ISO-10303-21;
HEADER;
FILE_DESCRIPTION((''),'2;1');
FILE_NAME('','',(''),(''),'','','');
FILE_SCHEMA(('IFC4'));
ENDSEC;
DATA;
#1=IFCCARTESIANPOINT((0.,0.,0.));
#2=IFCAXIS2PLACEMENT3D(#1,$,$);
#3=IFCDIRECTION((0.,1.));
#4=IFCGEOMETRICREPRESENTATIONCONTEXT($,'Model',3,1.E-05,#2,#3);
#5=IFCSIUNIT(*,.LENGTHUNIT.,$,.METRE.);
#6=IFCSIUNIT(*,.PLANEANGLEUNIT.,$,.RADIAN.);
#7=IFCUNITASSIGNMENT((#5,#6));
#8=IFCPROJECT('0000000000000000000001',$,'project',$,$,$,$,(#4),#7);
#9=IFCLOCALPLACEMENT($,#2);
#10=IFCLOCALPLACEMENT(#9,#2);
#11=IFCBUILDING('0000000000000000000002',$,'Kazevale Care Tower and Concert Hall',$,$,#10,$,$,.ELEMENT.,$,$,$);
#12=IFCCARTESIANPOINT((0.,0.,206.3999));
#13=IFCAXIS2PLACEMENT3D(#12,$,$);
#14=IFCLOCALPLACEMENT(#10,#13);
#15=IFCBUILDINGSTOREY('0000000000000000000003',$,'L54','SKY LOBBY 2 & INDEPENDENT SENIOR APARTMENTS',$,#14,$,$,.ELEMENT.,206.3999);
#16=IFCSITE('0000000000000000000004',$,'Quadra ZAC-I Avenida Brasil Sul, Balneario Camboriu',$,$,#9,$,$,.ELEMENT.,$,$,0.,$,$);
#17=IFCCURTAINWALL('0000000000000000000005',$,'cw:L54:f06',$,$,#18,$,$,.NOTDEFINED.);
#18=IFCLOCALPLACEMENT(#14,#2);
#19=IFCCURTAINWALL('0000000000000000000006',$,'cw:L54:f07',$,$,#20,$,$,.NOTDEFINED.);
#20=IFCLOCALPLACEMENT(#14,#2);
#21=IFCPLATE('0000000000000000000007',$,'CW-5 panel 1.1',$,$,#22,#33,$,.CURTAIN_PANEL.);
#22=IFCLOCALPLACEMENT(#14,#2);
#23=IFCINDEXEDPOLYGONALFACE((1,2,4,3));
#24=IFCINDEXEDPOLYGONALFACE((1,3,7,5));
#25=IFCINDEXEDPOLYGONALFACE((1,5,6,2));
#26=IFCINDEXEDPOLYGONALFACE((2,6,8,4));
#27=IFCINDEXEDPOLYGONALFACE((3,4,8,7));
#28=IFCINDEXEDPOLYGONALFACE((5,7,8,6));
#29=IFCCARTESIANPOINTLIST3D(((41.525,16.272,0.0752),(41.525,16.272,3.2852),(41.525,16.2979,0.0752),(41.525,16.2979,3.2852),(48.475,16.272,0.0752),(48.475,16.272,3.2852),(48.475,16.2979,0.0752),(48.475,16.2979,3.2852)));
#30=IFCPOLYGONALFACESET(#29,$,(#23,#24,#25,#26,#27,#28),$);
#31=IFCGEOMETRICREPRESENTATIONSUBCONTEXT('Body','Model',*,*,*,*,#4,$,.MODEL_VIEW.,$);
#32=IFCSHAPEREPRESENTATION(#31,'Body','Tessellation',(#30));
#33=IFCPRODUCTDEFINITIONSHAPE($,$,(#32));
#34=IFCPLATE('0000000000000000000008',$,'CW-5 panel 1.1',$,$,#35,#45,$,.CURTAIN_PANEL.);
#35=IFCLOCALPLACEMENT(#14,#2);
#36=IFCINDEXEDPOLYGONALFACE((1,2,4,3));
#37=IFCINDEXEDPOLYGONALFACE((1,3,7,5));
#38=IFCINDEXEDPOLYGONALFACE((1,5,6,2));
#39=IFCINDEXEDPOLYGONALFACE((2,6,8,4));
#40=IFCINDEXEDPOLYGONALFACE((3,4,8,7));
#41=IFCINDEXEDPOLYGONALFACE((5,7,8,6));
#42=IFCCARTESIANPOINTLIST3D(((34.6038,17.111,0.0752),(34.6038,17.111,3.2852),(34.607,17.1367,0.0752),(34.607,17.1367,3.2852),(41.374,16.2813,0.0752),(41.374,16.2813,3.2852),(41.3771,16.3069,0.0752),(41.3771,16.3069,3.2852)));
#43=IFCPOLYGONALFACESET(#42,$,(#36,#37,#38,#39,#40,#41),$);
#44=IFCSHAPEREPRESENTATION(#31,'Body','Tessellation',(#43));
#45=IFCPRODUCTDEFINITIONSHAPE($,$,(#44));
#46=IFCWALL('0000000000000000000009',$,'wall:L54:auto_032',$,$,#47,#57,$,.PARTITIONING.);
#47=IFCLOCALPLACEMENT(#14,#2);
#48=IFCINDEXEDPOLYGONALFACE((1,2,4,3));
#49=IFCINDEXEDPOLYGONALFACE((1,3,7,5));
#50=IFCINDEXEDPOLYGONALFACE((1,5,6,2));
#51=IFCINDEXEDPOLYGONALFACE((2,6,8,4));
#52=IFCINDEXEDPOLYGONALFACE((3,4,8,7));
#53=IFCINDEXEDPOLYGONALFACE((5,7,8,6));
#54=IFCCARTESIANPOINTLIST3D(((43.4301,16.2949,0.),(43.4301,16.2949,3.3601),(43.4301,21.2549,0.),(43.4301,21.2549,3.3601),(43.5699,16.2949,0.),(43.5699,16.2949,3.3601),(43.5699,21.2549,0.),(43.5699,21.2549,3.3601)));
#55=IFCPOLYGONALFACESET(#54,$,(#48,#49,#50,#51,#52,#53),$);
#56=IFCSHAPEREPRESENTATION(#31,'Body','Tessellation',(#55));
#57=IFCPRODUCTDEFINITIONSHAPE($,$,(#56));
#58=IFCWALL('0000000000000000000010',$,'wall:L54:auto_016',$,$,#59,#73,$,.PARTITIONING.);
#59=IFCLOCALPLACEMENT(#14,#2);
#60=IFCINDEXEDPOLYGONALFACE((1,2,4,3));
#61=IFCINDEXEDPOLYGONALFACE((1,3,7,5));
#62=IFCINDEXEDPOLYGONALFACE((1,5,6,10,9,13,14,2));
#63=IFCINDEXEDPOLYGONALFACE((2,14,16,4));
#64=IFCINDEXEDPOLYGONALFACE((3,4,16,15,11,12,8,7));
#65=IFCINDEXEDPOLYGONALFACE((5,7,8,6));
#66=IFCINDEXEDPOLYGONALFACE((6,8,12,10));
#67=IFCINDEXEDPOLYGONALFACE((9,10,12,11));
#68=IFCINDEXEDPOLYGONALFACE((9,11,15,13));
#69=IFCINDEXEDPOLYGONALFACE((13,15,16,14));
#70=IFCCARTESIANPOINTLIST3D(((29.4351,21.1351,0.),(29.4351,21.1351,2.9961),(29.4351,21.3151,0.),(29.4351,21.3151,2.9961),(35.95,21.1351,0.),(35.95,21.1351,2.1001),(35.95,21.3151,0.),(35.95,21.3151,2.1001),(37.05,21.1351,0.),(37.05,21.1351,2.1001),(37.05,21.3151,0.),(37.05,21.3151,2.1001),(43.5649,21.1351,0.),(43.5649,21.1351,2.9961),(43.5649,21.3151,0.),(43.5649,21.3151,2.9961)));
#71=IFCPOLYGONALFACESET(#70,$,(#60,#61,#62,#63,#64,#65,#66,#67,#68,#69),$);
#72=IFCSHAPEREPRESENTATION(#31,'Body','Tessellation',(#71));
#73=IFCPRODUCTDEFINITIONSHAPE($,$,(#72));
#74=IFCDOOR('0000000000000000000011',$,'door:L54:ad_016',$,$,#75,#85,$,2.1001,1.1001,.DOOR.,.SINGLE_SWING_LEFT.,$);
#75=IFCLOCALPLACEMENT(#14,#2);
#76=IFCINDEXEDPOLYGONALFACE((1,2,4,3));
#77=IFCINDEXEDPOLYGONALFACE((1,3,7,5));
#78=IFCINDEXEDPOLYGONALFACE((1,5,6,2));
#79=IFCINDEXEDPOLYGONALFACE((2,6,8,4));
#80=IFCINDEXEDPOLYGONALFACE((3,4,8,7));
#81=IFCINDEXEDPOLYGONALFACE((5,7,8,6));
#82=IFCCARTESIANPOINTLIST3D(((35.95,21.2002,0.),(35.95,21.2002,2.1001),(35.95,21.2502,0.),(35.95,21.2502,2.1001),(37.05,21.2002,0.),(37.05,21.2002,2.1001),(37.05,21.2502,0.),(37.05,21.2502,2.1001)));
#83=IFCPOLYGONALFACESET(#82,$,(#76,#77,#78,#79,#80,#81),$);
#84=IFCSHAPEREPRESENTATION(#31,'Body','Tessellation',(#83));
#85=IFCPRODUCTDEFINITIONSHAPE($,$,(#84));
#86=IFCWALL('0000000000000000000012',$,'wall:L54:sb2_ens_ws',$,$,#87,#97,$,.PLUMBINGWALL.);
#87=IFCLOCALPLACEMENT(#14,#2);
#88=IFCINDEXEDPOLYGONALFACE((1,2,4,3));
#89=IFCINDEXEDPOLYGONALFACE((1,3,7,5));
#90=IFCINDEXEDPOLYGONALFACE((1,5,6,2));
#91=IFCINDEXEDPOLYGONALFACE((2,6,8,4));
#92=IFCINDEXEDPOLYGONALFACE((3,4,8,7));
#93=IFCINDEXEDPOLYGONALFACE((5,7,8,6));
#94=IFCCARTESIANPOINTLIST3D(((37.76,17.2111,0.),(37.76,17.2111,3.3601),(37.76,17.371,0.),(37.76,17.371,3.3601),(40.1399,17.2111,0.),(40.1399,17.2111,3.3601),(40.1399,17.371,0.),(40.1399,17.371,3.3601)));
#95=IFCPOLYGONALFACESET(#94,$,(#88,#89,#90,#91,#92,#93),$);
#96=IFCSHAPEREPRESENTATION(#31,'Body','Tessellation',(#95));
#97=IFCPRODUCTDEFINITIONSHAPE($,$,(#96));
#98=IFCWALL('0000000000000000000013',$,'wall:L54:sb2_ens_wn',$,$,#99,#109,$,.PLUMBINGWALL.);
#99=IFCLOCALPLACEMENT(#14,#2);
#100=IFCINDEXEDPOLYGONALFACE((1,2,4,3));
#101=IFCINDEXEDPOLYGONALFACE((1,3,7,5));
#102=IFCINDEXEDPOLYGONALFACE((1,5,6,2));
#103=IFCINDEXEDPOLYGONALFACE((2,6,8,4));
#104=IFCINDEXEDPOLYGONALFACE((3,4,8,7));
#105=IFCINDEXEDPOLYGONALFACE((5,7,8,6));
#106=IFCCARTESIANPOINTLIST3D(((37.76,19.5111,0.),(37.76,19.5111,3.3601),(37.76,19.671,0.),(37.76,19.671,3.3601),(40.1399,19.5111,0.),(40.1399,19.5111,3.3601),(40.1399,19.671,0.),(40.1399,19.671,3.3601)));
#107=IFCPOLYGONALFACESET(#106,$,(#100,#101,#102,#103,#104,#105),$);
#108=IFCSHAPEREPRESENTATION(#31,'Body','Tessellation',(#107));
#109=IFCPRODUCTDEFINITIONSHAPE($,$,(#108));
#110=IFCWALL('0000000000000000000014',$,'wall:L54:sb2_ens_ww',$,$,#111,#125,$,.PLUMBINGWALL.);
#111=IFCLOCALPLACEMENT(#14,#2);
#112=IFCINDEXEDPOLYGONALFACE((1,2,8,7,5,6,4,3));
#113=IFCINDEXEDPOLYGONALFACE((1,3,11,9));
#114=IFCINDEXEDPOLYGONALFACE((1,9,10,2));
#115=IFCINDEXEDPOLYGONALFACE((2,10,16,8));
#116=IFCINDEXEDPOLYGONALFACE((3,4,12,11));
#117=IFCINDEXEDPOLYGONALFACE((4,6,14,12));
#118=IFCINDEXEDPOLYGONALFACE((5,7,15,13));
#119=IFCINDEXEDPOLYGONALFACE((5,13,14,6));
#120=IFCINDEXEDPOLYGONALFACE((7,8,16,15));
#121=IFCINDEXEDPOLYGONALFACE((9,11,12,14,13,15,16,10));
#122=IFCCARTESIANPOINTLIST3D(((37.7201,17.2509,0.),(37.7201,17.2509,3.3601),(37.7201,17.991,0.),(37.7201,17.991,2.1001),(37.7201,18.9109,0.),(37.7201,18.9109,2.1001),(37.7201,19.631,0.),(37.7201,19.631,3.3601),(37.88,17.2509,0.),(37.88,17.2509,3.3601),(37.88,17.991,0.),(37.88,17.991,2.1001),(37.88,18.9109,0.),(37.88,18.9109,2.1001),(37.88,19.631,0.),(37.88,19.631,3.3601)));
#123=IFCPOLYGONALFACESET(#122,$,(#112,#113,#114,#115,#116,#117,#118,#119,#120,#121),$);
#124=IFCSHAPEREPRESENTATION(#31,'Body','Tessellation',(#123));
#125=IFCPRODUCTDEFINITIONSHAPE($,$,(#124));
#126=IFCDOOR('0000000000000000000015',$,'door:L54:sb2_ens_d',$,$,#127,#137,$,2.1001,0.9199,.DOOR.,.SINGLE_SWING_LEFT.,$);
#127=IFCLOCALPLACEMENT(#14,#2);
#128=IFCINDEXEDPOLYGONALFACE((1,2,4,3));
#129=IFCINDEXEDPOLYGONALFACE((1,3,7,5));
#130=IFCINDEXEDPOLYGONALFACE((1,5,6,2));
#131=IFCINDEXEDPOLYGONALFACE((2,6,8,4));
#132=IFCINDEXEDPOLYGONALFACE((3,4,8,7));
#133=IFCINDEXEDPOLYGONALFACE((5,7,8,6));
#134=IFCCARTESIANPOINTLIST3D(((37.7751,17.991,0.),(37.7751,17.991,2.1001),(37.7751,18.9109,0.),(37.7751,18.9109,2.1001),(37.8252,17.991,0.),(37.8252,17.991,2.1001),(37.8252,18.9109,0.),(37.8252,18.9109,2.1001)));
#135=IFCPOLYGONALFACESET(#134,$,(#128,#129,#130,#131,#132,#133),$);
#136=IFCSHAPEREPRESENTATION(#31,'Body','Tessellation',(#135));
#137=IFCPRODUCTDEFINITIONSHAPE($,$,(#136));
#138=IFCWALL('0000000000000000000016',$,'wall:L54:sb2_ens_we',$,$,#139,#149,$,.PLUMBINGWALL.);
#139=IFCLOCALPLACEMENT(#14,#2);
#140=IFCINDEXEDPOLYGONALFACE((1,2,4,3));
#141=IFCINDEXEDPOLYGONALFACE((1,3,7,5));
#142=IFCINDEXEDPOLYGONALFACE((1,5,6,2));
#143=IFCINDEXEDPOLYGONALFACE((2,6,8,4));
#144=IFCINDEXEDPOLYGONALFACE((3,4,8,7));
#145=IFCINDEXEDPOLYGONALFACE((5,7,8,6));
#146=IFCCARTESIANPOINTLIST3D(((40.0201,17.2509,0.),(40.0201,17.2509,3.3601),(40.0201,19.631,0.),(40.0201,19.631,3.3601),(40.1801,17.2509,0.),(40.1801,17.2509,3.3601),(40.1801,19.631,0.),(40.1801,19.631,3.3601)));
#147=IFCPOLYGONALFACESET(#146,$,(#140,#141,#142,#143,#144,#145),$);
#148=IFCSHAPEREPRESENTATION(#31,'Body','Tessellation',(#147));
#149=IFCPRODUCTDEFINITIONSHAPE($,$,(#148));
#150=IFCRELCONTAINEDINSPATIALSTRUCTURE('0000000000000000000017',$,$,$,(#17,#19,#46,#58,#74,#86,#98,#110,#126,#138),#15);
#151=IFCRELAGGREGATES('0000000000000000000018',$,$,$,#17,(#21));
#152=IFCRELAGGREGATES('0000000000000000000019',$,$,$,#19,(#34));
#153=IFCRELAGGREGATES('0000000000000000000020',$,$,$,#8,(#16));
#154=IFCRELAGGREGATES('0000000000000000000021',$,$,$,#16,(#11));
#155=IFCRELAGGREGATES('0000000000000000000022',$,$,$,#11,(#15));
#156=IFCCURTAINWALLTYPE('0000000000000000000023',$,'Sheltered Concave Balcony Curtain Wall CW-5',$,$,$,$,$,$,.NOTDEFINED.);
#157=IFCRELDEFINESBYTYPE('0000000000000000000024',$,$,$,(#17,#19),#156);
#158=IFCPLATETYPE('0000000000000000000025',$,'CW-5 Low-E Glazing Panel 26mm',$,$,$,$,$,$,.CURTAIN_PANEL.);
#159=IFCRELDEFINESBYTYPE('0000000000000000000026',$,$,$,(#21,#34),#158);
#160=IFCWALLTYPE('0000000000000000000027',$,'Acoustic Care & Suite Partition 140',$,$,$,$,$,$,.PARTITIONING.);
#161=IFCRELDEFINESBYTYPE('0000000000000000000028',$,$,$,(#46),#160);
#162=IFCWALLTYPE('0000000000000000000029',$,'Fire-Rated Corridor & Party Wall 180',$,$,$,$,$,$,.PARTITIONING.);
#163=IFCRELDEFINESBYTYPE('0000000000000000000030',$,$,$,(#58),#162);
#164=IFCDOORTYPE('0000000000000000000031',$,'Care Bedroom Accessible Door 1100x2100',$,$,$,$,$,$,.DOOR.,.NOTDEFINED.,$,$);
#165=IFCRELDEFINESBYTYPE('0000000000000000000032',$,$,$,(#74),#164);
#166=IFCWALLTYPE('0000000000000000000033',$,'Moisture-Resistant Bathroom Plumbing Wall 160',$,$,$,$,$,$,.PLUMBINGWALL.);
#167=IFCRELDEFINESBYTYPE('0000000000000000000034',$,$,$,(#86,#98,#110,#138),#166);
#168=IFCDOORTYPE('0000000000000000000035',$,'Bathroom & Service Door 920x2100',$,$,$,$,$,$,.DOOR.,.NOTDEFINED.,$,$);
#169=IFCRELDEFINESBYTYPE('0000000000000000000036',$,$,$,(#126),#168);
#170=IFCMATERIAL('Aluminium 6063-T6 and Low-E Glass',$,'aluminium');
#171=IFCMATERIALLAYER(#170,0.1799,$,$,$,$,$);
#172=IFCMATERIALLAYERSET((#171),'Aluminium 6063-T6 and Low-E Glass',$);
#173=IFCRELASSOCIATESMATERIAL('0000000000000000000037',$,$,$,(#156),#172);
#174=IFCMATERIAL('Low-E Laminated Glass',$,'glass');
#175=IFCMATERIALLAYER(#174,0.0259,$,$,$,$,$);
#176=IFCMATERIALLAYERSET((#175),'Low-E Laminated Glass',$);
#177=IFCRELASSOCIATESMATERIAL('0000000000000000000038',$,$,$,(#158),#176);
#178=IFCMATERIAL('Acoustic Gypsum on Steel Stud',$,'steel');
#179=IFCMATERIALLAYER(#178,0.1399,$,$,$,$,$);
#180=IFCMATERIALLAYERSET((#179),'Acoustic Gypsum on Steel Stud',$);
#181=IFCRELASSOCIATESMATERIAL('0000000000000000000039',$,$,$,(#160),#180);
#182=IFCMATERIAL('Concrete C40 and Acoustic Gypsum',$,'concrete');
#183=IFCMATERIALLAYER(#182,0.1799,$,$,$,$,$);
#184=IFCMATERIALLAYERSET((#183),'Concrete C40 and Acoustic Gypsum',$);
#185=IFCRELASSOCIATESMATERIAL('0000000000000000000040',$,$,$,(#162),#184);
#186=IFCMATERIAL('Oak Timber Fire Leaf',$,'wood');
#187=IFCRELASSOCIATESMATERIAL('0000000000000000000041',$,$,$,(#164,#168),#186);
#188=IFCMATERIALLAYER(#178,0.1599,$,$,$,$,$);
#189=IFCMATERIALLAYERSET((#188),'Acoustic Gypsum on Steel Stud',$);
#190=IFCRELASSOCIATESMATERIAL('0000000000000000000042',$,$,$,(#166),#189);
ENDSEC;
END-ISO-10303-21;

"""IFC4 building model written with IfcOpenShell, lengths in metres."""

from ifc_helpers import new_model, si_unit, direction, frame, frame_2d, origin, origin_2d, place, context, subcontext, project, spatial, rectangle, extrude, material, layer, layer_set, type_object, element, fill, aggregate, save


model = new_model("IFC4")

# Units and contexts
model_context = context("Model", 3, precision=1e-05, world=origin(), true_north=direction((0.0, 1.0)))
body_context = subcontext(model_context, "Body", "Model", "MODEL_VIEW")
ifc_project = project(units=[si_unit("LENGTHUNIT", "METRE"), si_unit("PLANEANGLEUNIT", "RADIAN")], contexts=[model_context])

# Site, building, storey
site_placement = place(None, origin())
site = spatial("IfcSite", under=ifc_project, at=site_placement, Name="Quadra ZAC-I Avenida Brasil Sul, Balneario Camboriu", CompositionType="ELEMENT", RefElevation=0.0)
building_placement = place(site_placement, origin())
building = spatial("IfcBuilding", under=site, at=building_placement, Name="Kazevale Care Tower and Concert Hall", CompositionType="ELEMENT")
storey_placement = place(building_placement, frame((0.0, 0.0, 206.3999)))
storey = spatial("IfcBuildingStorey", under=building, at=storey_placement, Name="L54", Description="SKY LOBBY 2 & INDEPENDENT SENIOR APARTMENTS", CompositionType="ELEMENT", Elevation=206.3999)

# Curtain wall
ifc_material_1 = material(Name="Aluminium 6063-T6 and Low-E Glass", Category="aluminium")
ifc_layer_1 = layer(ifc_material_1, 0.1799)
ifc_layer_set_1 = layer_set([ifc_layer_1], Name="Aluminium 6063-T6 and Low-E Glass")
curtain_wall_type = type_object("IfcCurtainWallType", Name="Sheltered Concave Balcony Curtain Wall CW-5", PredefinedType="NOTDEFINED", material=ifc_layer_set_1)
curtain_wall_1_placement = place(storey_placement, origin())
curtain_wall_1 = element("IfcCurtainWall", 1, at=curtain_wall_1_placement, inside=storey, type_object=curtain_wall_type, Name="cw:L54:f06", PredefinedType="NOTDEFINED")

# Curtain wall
curtain_wall_2_placement = place(storey_placement, origin())
curtain_wall_2 = element("IfcCurtainWall", 2, at=curtain_wall_2_placement, inside=storey, type_object=curtain_wall_type, Name="cw:L54:f07", PredefinedType="NOTDEFINED")

# Plates
ifc_material_2 = material(Name="Low-E Laminated Glass", Category="glass")
ifc_layer_2 = layer(ifc_material_2, 0.0259)
ifc_layer_set_2 = layer_set([ifc_layer_2], Name="Low-E Laminated Glass")
plate_type = type_object("IfcPlateType", Name="CW-5 Low-E Glazing Panel 26mm", PredefinedType="CURTAIN_PANEL", material=ifc_layer_set_2)
plate_1_placement = place(storey_placement, frame((45.0, 16.2849, 0.0752), z_axis=(0.0, 0.0, 1.0), x_axis=(-1.0, 0.0, 0.0)))
plate_1 = element("IfcPlate", 3, at=plate_1_placement, type_object=plate_type, Name="CW-5 panel 1.1", PredefinedType="CURTAIN_PANEL", context=body_context, shape_type="SweptSolid", body=[
    extrude(rectangle(XDim=6.95, YDim=0.0259, at=origin_2d()), origin(), (0.0, 0.0, 1.0), 3.21),
])
aggregate(curtain_wall_1, [plate_1])
plate_2_placement = place(storey_placement, frame((37.9905, 16.709, 0.0752), z_axis=(0.0, 0.0, 1.0), x_axis=(-0.992573, 0.121651, 0.0)))
plate_2 = element("IfcPlate", 4, at=plate_2_placement, type_object=plate_type, Name="CW-5 panel 1.1", PredefinedType="CURTAIN_PANEL", context=body_context, shape_type="SweptSolid", body=[
    extrude(rectangle(XDim=6.8208, YDim=0.0259, at=origin_2d()), origin(), (0.0, 0.0, 1.0), 3.21),
])
aggregate(curtain_wall_2, [plate_2])

# Wall
ifc_material_3 = material(Name="Acoustic Gypsum on Steel Stud", Category="steel")
ifc_layer_3 = layer(ifc_material_3, 0.1399)
ifc_layer_set_3 = layer_set([ifc_layer_3], Name="Acoustic Gypsum on Steel Stud")
wall_type_1 = type_object("IfcWallType", Name="Acoustic Care & Suite Partition 140", PredefinedType="PARTITIONING", material=ifc_layer_set_3)
wall_1_placement = place(storey_placement, frame((43.5, 21.2549, 0.0), z_axis=(0.0, 0.0, 1.0), x_axis=(0.0, -1.0, 0.0)))
element("IfcWall", 5, at=wall_1_placement, inside=storey, type_object=wall_type_1, Name="wall:L54:auto_032", PredefinedType="PARTITIONING", context=body_context, shape_type="SweptSolid", body=[
    extrude(rectangle(XDim=4.96, YDim=0.1399, at=frame_2d((2.48, 0.0))), origin(), (0.0, 0.0, 1.0), 3.3601),
])

# Wall, opening, door
ifc_material_4 = material(Name="Concrete C40 and Acoustic Gypsum", Category="concrete")
ifc_layer_4 = layer(ifc_material_4, 0.1799)
ifc_layer_set_4 = layer_set([ifc_layer_4], Name="Concrete C40 and Acoustic Gypsum")
wall_type_2 = type_object("IfcWallType", Name="Fire-Rated Corridor & Party Wall 180", PredefinedType="PARTITIONING", material=ifc_layer_set_4)
wall_2_placement = place(storey_placement, frame((43.5649, 21.2251, 0.0), z_axis=(0.0, 0.0, 1.0), x_axis=(-1.0, 0.0, 0.0)))
wall_2 = element("IfcWall", 6, at=wall_2_placement, inside=storey, type_object=wall_type_2, Name="wall:L54:auto_016", PredefinedType="PARTITIONING", context=body_context, shape_type="SweptSolid", body=[
    extrude(rectangle(XDim=14.1299, YDim=0.1799, at=frame_2d((7.0649, 0.0))), origin(), (0.0, 0.0, 1.0), 2.9961),
])
opening_1_placement = place(wall_2_placement, frame((6.5149, 0.0, 0.0)))
opening_1 = element("IfcOpeningElement", 7, at=opening_1_placement, cuts=wall_2, PredefinedType="OPENING", context=body_context, shape_type="SweptSolid", body=[
    extrude(rectangle(XDim=1.1001, YDim=2.1001, at=frame_2d((0.55, 1.05))), frame((0.0, 0.0999, 0.0), z_axis=(0.0, -1.0, 0.0), x_axis=(1.0, 0.0, 0.0)), (0.0, 0.0, 1.0), 0.2),
])
ifc_material_5 = material(Name="Oak Timber Fire Leaf", Category="wood")
door_type_1 = type_object("IfcDoorType", Name="Care Bedroom Accessible Door 1100x2100", OperationType="NOTDEFINED", PredefinedType="DOOR", material=ifc_material_5)
door_1_placement = place(opening_1_placement, origin())
door_1 = element("IfcDoor", 8, at=door_1_placement, inside=storey, type_object=door_type_1, Name="door:L54:ad_016", OperationType="SINGLE_SWING_LEFT", OverallHeight=2.1001, OverallWidth=1.1001, PredefinedType="DOOR", context=body_context, shape_type="SweptSolid", body=[
    extrude(rectangle(XDim=1.1001, YDim=2.1001, at=frame_2d((0.55, 1.05))), frame((0.0, 0.0249, 0.0), z_axis=(0.0, -1.0, 0.0), x_axis=(1.0, 0.0, 0.0)), (0.0, 0.0, 1.0), 0.05),
])
fill(opening_1, door_1)

# Walls
ifc_layer_5 = layer(ifc_material_3, 0.1599)
ifc_layer_set_5 = layer_set([ifc_layer_5], Name="Acoustic Gypsum on Steel Stud")
wall_type_3 = type_object("IfcWallType", Name="Moisture-Resistant Bathroom Plumbing Wall 160", PredefinedType="PLUMBINGWALL", material=ifc_layer_set_5)
for number, where, z_axis, x_axis, name in (
    (9, (37.76, 17.291, 0.0), (0.0, 0.0, 1.0), (1.0, 0.0, 0.0), "wall:L54:sb2_ens_ws"),
    (10, (37.76, 19.5911, 0.0), (0.0, 0.0, 1.0), (1.0, 0.0, 0.0), "wall:L54:sb2_ens_wn"),
):
    element("IfcWall", number, at=place(storey_placement, frame(where, z_axis=z_axis, x_axis=x_axis)), inside=storey, type_object=wall_type_3, Name=name, PredefinedType="PLUMBINGWALL", context=body_context, shape_type="SweptSolid", body=[
        extrude(rectangle(XDim=2.3799, YDim=0.1599, at=frame_2d((1.1899, 0.0))), origin(), (0.0, 0.0, 1.0), 3.3601),
    ])

# Wall, opening, door
wall_3_placement = place(storey_placement, frame((37.8, 17.251, 0.0), z_axis=(0.0, 0.0, 1.0), x_axis=(0.0, 1.0, 0.0)))
wall_3 = element("IfcWall", 11, at=wall_3_placement, inside=storey, type_object=wall_type_3, Name="wall:L54:sb2_ens_ww", PredefinedType="PLUMBINGWALL", context=body_context, shape_type="SweptSolid", body=[
    extrude(rectangle(XDim=2.3801, YDim=0.1599, at=frame_2d((1.1899, 0.0))), origin(), (0.0, 0.0, 1.0), 3.3601),
])
opening_2_placement = place(wall_3_placement, frame((0.74, 0.0, 0.0)))
opening_2 = element("IfcOpeningElement", 12, at=opening_2_placement, cuts=wall_3, PredefinedType="OPENING", context=body_context, shape_type="SweptSolid", body=[
    extrude(rectangle(XDim=0.9199, YDim=2.1001, at=frame_2d((0.46, 1.05))), frame((0.0, 0.0898, 0.0), z_axis=(0.0, -1.0, 0.0), x_axis=(1.0, 0.0, 0.0)), (0.0, 0.0, 1.0), 0.1799),
])
door_type_2 = type_object("IfcDoorType", Name="Bathroom & Service Door 920x2100", OperationType="NOTDEFINED", PredefinedType="DOOR", material=ifc_material_5)
door_2_placement = place(opening_2_placement, origin())
door_2 = element("IfcDoor", 13, at=door_2_placement, inside=storey, type_object=door_type_2, Name="door:L54:sb2_ens_d", OperationType="SINGLE_SWING_LEFT", OverallHeight=2.1001, OverallWidth=0.9199, PredefinedType="DOOR", context=body_context, shape_type="SweptSolid", body=[
    extrude(rectangle(XDim=0.9199, YDim=2.1001, at=frame_2d((0.46, 1.05))), frame((0.0, 0.0249, 0.0), z_axis=(0.0, -1.0, 0.0), x_axis=(1.0, 0.0, 0.0)), (0.0, 0.0, 1.0), 0.05),
])
fill(opening_2, door_2)

# Wall
wall_4_placement = place(storey_placement, frame((40.1001, 17.251, 0.0), z_axis=(0.0, 0.0, 1.0), x_axis=(0.0, 1.0, 0.0)))
element("IfcWall", 14, at=wall_4_placement, inside=storey, type_object=wall_type_3, Name="wall:L54:sb2_ens_we", PredefinedType="PLUMBINGWALL", context=body_context, shape_type="SweptSolid", body=[
    extrude(rectangle(XDim=2.3801, YDim=0.1599, at=frame_2d((1.1899, 0.0))), origin(), (0.0, 0.0, 1.0), 3.3601),
])

save(model, "model.ifc")
